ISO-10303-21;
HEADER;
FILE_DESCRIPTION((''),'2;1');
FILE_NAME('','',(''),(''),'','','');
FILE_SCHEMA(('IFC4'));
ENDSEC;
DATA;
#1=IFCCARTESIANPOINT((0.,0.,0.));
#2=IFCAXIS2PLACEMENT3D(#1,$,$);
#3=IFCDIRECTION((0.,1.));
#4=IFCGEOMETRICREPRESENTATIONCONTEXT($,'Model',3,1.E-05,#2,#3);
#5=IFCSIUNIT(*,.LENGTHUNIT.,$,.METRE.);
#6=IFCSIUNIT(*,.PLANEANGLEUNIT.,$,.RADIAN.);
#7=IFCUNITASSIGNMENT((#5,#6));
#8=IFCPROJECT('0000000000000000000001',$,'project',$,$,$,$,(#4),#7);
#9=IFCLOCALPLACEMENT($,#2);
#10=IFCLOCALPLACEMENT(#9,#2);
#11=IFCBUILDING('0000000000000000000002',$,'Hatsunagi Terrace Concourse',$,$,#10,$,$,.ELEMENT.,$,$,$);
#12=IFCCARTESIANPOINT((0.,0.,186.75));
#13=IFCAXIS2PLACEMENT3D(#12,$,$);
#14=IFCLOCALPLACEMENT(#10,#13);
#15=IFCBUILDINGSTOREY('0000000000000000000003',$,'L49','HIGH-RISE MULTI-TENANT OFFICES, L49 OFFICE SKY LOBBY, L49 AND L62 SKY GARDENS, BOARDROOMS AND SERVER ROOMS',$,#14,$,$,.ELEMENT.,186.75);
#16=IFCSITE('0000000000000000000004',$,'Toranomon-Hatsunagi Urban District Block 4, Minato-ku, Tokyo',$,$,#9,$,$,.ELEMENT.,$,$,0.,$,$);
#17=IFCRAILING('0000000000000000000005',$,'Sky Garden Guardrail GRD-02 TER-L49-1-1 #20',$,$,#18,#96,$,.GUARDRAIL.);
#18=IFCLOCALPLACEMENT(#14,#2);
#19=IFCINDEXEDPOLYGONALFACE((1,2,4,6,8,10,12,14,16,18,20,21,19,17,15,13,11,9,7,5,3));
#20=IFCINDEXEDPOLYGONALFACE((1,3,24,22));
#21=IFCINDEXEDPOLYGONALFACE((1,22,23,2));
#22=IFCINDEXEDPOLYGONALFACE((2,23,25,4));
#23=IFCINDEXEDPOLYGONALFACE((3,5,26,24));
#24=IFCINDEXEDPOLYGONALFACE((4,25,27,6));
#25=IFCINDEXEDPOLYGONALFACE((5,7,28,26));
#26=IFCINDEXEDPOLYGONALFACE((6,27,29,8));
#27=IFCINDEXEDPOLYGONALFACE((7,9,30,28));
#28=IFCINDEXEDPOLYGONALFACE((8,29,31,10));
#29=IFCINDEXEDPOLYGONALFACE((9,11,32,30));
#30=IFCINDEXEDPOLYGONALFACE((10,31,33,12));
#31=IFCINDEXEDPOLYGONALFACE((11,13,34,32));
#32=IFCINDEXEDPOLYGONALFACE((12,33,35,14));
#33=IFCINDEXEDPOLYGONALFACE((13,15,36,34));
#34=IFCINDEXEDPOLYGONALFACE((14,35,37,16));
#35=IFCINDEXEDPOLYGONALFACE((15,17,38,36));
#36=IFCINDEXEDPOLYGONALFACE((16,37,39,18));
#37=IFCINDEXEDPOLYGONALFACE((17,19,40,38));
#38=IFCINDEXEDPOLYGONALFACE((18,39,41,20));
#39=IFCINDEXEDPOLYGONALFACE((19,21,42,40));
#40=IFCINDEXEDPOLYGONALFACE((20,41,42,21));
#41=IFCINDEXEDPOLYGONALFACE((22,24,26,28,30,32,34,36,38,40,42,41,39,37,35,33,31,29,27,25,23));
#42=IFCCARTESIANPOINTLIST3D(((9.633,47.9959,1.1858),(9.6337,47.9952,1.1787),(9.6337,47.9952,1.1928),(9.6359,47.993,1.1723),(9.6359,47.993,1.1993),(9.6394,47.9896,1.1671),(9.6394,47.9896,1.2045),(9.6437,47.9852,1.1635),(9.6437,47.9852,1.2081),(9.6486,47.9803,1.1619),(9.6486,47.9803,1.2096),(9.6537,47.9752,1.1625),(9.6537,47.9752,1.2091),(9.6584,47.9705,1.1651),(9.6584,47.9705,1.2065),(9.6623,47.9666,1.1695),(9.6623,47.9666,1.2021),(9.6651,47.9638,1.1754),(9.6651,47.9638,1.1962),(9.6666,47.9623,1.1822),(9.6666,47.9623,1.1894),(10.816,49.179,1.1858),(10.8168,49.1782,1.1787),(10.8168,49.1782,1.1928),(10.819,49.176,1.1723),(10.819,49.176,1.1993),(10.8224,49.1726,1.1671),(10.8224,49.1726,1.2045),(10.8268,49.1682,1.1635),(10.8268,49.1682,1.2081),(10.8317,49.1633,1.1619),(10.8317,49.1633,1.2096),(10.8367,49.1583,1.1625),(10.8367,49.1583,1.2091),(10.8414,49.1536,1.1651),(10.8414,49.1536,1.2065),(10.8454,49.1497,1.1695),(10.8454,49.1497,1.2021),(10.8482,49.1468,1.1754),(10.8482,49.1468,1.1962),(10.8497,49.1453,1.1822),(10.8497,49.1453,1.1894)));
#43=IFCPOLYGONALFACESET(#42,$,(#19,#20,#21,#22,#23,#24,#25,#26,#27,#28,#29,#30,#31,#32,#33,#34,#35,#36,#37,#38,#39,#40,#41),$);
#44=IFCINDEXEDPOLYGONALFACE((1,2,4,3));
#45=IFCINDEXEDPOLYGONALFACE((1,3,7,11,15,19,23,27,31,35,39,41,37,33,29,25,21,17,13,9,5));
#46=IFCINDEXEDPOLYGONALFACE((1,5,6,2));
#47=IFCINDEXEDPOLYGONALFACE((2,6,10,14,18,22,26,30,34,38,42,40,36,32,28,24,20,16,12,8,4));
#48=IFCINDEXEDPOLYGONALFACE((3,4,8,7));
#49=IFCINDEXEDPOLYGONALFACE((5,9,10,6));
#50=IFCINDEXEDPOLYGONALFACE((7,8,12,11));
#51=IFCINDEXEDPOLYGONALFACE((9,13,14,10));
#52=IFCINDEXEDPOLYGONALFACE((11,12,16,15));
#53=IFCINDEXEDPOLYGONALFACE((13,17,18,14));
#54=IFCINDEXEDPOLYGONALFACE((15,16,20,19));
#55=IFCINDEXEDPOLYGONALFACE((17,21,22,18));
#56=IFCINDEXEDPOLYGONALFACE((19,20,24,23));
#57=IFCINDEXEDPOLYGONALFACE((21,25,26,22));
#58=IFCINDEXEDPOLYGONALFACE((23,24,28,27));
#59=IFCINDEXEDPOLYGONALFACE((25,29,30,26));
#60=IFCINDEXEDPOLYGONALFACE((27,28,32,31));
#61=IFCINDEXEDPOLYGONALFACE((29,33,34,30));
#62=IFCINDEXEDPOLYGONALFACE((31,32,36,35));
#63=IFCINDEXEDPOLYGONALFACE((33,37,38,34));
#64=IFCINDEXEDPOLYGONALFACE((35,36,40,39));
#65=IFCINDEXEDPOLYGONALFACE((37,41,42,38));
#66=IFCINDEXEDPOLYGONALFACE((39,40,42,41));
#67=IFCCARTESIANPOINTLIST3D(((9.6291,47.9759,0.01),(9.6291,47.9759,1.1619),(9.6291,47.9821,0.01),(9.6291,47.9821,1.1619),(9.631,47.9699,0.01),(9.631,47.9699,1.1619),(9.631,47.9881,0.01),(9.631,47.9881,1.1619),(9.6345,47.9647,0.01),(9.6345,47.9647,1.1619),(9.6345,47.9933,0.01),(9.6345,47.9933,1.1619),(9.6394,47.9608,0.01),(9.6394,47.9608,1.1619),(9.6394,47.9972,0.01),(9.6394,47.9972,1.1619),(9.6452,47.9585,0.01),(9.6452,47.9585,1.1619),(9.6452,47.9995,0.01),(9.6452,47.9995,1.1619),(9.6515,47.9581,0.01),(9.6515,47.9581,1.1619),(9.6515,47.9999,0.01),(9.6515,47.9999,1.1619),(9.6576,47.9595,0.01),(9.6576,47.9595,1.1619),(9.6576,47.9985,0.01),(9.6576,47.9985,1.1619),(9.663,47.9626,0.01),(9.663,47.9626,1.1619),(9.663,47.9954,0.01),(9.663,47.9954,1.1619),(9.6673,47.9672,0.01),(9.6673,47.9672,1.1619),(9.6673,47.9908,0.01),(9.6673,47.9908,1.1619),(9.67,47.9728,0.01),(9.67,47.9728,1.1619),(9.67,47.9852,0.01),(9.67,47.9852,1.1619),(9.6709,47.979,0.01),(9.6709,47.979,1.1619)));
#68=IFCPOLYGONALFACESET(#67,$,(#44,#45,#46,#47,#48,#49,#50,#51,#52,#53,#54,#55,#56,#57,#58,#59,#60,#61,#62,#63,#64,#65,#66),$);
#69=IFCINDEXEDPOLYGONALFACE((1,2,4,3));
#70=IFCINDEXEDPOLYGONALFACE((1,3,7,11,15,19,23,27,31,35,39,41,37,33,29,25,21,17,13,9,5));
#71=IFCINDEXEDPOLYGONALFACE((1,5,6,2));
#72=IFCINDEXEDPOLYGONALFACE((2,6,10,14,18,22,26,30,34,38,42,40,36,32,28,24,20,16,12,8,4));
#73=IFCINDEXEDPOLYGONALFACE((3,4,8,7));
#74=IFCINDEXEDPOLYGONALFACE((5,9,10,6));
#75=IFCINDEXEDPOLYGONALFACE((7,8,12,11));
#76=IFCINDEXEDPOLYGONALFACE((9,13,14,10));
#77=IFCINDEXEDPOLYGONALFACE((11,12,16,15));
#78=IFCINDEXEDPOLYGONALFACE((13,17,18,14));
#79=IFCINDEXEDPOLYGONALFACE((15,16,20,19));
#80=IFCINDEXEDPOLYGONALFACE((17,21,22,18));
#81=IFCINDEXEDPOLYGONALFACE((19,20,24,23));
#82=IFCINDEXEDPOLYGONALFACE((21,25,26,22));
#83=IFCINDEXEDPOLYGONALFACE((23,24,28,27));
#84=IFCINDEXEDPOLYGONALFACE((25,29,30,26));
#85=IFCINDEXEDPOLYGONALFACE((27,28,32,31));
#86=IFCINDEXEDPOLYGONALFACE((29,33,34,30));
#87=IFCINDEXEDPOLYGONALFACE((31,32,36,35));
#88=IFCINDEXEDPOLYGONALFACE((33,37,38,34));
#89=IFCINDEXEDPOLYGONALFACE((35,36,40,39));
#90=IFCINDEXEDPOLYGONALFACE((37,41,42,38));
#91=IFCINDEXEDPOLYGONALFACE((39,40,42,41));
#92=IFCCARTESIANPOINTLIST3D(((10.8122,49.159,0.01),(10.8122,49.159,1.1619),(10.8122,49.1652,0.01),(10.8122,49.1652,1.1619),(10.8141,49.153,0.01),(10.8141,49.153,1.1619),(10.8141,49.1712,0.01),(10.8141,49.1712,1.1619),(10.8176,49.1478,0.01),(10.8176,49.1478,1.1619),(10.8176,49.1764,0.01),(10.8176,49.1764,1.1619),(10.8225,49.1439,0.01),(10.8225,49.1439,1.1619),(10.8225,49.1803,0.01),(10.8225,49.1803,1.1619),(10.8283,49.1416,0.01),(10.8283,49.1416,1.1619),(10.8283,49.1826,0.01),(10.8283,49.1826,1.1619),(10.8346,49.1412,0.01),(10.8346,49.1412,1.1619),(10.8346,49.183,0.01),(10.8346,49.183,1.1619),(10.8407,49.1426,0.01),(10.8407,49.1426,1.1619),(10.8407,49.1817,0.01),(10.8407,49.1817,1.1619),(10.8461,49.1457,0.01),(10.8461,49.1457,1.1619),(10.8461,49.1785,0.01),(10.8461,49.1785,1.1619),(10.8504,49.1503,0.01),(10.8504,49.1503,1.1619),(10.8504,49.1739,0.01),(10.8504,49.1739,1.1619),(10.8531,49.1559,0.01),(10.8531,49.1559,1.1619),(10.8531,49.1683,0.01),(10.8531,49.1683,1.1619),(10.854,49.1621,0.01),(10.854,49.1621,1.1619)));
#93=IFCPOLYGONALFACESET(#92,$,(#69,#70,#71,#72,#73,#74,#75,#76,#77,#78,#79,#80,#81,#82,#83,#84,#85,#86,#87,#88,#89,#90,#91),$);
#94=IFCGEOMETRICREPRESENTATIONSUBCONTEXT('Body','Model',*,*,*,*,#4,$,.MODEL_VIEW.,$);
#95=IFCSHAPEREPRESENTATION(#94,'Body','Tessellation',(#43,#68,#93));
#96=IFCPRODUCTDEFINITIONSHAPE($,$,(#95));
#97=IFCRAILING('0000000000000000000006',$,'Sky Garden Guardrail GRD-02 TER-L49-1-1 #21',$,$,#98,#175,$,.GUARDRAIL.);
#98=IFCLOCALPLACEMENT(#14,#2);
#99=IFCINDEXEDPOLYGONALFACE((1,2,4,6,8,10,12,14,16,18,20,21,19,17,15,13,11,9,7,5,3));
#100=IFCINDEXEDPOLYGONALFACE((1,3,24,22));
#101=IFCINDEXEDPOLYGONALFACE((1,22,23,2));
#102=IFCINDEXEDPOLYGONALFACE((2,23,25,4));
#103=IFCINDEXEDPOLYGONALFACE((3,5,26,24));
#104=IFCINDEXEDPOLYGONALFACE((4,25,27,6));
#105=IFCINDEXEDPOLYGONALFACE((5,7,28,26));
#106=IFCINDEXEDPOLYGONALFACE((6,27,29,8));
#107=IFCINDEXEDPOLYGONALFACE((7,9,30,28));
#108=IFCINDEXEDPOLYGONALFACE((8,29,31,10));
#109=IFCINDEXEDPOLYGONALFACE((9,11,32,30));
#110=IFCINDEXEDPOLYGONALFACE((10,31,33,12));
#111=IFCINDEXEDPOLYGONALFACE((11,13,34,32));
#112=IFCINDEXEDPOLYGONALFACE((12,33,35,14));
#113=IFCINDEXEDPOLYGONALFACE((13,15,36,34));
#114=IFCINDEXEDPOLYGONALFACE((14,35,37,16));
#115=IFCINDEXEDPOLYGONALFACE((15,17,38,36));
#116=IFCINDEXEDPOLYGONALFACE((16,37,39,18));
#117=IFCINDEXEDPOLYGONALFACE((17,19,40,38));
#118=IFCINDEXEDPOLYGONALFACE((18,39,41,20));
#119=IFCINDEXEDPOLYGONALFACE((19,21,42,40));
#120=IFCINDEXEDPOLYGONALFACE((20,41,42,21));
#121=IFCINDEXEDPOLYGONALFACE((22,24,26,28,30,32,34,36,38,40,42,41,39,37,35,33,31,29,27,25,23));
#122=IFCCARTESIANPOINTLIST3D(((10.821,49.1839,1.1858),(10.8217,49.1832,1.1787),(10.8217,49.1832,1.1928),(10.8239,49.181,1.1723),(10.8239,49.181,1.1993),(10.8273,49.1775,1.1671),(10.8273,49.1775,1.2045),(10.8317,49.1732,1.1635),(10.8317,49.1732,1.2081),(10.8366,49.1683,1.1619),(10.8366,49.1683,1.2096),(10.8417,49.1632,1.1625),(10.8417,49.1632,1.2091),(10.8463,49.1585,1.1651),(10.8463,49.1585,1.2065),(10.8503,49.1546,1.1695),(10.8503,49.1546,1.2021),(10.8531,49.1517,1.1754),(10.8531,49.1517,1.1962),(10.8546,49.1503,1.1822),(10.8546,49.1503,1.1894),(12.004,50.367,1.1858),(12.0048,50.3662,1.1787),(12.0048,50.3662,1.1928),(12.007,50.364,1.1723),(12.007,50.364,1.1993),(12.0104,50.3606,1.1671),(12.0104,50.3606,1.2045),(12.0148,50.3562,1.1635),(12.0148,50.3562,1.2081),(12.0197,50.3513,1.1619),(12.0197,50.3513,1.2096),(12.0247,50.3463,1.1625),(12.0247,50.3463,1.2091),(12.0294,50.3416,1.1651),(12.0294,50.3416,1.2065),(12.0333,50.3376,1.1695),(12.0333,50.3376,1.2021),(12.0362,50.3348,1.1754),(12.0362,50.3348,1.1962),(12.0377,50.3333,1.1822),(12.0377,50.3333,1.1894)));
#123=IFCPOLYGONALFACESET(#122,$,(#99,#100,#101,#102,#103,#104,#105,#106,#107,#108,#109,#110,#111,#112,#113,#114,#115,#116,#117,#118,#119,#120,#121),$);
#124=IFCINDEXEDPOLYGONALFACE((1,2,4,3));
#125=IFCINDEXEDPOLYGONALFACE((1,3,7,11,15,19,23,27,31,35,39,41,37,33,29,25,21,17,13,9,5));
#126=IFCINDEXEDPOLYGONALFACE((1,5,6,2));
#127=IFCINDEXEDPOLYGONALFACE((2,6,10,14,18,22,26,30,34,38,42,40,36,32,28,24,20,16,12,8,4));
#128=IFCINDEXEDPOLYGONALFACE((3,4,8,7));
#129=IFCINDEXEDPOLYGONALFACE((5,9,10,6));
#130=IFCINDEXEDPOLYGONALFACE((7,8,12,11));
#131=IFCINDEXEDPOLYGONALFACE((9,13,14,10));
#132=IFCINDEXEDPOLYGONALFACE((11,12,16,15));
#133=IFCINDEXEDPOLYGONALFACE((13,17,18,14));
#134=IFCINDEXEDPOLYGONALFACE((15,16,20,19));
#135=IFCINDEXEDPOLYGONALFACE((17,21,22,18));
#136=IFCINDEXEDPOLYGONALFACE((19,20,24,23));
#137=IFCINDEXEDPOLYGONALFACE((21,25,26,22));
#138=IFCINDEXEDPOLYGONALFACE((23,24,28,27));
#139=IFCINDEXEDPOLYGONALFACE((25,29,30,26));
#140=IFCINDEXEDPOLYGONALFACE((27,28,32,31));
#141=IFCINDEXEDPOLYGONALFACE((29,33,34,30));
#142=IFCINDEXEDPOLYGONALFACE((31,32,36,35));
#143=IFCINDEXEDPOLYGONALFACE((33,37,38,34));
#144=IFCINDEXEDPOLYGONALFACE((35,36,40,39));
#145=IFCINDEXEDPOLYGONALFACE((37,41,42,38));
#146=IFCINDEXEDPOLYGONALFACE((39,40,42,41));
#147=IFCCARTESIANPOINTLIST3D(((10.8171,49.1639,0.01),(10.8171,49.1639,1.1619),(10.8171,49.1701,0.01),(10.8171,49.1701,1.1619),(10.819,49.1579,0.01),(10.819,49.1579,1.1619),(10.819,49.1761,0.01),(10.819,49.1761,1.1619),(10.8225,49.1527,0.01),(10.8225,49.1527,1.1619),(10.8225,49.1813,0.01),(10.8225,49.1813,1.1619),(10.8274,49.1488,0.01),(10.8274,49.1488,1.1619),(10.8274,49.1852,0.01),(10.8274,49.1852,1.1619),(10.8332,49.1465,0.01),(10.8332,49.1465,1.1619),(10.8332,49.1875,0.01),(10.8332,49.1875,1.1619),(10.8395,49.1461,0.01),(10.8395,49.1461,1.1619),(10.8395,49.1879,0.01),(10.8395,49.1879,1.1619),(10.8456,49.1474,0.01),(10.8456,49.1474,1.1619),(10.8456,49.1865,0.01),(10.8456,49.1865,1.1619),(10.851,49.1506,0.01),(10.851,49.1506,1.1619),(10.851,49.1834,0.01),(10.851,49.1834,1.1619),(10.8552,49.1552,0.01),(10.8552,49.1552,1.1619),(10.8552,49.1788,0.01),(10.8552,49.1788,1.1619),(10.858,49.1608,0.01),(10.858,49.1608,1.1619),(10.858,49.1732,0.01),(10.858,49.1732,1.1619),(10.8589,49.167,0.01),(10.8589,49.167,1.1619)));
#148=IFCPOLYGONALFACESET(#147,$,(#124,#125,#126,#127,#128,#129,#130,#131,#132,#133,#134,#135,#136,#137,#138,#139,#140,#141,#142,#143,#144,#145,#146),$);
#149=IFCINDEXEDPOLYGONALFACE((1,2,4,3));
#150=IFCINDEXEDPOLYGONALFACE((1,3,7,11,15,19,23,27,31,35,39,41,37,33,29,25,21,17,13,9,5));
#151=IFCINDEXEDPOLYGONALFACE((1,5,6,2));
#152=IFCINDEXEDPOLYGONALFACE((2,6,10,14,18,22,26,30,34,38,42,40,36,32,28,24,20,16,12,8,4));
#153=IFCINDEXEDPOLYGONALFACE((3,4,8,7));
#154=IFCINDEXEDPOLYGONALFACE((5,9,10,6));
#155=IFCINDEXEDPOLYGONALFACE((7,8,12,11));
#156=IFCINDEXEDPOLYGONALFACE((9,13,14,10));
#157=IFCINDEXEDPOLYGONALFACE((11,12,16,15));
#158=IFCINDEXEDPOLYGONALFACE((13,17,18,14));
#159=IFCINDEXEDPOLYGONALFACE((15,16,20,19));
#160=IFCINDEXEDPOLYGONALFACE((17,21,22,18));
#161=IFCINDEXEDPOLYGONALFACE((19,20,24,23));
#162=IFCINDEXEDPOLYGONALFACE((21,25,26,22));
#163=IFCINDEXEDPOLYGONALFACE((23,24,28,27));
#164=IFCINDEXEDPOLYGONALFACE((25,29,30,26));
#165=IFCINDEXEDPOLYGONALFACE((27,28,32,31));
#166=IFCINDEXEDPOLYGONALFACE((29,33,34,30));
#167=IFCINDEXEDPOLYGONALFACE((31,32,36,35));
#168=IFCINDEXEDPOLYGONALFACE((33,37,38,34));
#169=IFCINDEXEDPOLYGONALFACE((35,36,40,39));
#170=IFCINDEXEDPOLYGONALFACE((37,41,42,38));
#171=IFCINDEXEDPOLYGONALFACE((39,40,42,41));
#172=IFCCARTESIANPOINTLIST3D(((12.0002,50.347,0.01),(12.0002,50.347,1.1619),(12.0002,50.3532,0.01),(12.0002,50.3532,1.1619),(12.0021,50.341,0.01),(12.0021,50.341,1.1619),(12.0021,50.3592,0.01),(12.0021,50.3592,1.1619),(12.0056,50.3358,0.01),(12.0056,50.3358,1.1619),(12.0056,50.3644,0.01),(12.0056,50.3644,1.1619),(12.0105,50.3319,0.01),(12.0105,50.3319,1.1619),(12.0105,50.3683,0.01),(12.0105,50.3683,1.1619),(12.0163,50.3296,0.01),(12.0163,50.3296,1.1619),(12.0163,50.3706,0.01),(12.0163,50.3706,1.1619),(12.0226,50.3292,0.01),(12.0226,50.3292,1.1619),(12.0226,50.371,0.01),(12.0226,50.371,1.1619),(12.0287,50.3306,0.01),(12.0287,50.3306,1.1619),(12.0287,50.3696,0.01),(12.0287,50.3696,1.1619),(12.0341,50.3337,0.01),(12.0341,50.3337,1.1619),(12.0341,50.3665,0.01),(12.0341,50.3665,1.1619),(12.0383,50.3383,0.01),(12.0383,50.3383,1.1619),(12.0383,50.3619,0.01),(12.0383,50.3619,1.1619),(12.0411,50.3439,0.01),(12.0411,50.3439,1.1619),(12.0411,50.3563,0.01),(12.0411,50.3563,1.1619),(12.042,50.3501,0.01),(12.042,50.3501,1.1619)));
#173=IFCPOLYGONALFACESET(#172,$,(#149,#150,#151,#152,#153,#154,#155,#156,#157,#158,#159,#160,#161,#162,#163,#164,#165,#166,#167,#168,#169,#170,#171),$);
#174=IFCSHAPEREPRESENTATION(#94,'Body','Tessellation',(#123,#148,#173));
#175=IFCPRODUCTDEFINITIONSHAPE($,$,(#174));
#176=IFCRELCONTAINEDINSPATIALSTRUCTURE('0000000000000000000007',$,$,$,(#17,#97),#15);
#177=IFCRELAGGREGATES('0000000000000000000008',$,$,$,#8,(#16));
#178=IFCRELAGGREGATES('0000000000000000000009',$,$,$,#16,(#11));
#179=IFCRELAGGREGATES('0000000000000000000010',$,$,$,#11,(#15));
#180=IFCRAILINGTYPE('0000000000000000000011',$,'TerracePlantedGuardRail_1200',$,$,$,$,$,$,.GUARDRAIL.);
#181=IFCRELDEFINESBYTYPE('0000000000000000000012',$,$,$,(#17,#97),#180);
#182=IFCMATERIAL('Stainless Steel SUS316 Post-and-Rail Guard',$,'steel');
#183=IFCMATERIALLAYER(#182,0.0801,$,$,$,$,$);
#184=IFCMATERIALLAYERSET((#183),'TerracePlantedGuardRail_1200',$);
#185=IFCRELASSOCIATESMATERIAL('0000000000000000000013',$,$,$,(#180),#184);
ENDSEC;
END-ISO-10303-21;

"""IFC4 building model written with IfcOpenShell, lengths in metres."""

from ifc_helpers import new_model, si_unit, direction, frame, origin, origin_2d, place, context, subcontext, project, spatial, circle, extrude, material, layer, layer_set, type_object, element, save


model = new_model("IFC4")

# Units and contexts
model_context = context("Model", 3, precision=1e-05, world=origin(), true_north=direction((0.0, 1.0)))
body_context = subcontext(model_context, "Body", "Model", "MODEL_VIEW")
ifc_project = project(units=[si_unit("LENGTHUNIT", "METRE"), si_unit("PLANEANGLEUNIT", "RADIAN")], contexts=[model_context])

# Site, building, storey
site_placement = place(None, origin())
site = spatial("IfcSite", under=ifc_project, at=site_placement, Name="Toranomon-Hatsunagi Urban District Block 4, Minato-ku, Tokyo", CompositionType="ELEMENT", RefElevation=0.0)
building_placement = place(site_placement, origin())
building = spatial("IfcBuilding", under=site, at=building_placement, Name="Hatsunagi Terrace Concourse", CompositionType="ELEMENT")
storey_placement = place(building_placement, frame((0.0, 0.0, 186.75)))
storey = spatial("IfcBuildingStorey", under=building, at=storey_placement, Name="L49", Description="HIGH-RISE MULTI-TENANT OFFICES, L49 OFFICE SKY LOBBY, L49 AND L62 SKY GARDENS, BOARDROOMS AND SERVER ROOMS", CompositionType="ELEMENT", Elevation=186.75)

# Railings
ifc_material_1 = material(Name="Stainless Steel SUS316 Post-and-Rail Guard", Category="steel")
ifc_layer_1 = layer(ifc_material_1, 0.0801)
ifc_layer_set_1 = layer_set([ifc_layer_1], Name="TerracePlantedGuardRail_1200")
railing_type = type_object("IfcRailingType", Name="TerracePlantedGuardRail_1200", PredefinedType="GUARDRAIL", material=ifc_layer_set_1)
for number, where, name in (
    (1, (9.6499, 47.979, 0.01), "Sky Garden Guardrail GRD-02 TER-L49-1-1 #20"),
    (2, (10.8379, 49.167, 0.01), "Sky Garden Guardrail GRD-02 TER-L49-1-1 #21"),
):
    element("IfcRailing", number, at=place(storey_placement, frame(where)), inside=storey, type_object=railing_type, Name=name, PredefinedType="GUARDRAIL", context=body_context, shape_type="SweptSolid", body=[
        extrude(circle(Radius=0.0239, at=origin_2d()), frame((0.0, 0.0, 1.1758), z_axis=(0.707107, 0.707107, 0.0), x_axis=(-0.707107, 0.707107, 0.0)), (0.0, 0.0, 1.0), 1.6731),
        extrude(circle(Radius=0.021, at=origin_2d()), origin(), (0.0, 0.0, 1.0), 1.1519),
        extrude(circle(Radius=0.021, at=origin_2d()), frame((1.1831, 1.1831, 0.0)), (0.0, 0.0, 1.0), 1.1519),
    ])

save(model, "model.ifc")
